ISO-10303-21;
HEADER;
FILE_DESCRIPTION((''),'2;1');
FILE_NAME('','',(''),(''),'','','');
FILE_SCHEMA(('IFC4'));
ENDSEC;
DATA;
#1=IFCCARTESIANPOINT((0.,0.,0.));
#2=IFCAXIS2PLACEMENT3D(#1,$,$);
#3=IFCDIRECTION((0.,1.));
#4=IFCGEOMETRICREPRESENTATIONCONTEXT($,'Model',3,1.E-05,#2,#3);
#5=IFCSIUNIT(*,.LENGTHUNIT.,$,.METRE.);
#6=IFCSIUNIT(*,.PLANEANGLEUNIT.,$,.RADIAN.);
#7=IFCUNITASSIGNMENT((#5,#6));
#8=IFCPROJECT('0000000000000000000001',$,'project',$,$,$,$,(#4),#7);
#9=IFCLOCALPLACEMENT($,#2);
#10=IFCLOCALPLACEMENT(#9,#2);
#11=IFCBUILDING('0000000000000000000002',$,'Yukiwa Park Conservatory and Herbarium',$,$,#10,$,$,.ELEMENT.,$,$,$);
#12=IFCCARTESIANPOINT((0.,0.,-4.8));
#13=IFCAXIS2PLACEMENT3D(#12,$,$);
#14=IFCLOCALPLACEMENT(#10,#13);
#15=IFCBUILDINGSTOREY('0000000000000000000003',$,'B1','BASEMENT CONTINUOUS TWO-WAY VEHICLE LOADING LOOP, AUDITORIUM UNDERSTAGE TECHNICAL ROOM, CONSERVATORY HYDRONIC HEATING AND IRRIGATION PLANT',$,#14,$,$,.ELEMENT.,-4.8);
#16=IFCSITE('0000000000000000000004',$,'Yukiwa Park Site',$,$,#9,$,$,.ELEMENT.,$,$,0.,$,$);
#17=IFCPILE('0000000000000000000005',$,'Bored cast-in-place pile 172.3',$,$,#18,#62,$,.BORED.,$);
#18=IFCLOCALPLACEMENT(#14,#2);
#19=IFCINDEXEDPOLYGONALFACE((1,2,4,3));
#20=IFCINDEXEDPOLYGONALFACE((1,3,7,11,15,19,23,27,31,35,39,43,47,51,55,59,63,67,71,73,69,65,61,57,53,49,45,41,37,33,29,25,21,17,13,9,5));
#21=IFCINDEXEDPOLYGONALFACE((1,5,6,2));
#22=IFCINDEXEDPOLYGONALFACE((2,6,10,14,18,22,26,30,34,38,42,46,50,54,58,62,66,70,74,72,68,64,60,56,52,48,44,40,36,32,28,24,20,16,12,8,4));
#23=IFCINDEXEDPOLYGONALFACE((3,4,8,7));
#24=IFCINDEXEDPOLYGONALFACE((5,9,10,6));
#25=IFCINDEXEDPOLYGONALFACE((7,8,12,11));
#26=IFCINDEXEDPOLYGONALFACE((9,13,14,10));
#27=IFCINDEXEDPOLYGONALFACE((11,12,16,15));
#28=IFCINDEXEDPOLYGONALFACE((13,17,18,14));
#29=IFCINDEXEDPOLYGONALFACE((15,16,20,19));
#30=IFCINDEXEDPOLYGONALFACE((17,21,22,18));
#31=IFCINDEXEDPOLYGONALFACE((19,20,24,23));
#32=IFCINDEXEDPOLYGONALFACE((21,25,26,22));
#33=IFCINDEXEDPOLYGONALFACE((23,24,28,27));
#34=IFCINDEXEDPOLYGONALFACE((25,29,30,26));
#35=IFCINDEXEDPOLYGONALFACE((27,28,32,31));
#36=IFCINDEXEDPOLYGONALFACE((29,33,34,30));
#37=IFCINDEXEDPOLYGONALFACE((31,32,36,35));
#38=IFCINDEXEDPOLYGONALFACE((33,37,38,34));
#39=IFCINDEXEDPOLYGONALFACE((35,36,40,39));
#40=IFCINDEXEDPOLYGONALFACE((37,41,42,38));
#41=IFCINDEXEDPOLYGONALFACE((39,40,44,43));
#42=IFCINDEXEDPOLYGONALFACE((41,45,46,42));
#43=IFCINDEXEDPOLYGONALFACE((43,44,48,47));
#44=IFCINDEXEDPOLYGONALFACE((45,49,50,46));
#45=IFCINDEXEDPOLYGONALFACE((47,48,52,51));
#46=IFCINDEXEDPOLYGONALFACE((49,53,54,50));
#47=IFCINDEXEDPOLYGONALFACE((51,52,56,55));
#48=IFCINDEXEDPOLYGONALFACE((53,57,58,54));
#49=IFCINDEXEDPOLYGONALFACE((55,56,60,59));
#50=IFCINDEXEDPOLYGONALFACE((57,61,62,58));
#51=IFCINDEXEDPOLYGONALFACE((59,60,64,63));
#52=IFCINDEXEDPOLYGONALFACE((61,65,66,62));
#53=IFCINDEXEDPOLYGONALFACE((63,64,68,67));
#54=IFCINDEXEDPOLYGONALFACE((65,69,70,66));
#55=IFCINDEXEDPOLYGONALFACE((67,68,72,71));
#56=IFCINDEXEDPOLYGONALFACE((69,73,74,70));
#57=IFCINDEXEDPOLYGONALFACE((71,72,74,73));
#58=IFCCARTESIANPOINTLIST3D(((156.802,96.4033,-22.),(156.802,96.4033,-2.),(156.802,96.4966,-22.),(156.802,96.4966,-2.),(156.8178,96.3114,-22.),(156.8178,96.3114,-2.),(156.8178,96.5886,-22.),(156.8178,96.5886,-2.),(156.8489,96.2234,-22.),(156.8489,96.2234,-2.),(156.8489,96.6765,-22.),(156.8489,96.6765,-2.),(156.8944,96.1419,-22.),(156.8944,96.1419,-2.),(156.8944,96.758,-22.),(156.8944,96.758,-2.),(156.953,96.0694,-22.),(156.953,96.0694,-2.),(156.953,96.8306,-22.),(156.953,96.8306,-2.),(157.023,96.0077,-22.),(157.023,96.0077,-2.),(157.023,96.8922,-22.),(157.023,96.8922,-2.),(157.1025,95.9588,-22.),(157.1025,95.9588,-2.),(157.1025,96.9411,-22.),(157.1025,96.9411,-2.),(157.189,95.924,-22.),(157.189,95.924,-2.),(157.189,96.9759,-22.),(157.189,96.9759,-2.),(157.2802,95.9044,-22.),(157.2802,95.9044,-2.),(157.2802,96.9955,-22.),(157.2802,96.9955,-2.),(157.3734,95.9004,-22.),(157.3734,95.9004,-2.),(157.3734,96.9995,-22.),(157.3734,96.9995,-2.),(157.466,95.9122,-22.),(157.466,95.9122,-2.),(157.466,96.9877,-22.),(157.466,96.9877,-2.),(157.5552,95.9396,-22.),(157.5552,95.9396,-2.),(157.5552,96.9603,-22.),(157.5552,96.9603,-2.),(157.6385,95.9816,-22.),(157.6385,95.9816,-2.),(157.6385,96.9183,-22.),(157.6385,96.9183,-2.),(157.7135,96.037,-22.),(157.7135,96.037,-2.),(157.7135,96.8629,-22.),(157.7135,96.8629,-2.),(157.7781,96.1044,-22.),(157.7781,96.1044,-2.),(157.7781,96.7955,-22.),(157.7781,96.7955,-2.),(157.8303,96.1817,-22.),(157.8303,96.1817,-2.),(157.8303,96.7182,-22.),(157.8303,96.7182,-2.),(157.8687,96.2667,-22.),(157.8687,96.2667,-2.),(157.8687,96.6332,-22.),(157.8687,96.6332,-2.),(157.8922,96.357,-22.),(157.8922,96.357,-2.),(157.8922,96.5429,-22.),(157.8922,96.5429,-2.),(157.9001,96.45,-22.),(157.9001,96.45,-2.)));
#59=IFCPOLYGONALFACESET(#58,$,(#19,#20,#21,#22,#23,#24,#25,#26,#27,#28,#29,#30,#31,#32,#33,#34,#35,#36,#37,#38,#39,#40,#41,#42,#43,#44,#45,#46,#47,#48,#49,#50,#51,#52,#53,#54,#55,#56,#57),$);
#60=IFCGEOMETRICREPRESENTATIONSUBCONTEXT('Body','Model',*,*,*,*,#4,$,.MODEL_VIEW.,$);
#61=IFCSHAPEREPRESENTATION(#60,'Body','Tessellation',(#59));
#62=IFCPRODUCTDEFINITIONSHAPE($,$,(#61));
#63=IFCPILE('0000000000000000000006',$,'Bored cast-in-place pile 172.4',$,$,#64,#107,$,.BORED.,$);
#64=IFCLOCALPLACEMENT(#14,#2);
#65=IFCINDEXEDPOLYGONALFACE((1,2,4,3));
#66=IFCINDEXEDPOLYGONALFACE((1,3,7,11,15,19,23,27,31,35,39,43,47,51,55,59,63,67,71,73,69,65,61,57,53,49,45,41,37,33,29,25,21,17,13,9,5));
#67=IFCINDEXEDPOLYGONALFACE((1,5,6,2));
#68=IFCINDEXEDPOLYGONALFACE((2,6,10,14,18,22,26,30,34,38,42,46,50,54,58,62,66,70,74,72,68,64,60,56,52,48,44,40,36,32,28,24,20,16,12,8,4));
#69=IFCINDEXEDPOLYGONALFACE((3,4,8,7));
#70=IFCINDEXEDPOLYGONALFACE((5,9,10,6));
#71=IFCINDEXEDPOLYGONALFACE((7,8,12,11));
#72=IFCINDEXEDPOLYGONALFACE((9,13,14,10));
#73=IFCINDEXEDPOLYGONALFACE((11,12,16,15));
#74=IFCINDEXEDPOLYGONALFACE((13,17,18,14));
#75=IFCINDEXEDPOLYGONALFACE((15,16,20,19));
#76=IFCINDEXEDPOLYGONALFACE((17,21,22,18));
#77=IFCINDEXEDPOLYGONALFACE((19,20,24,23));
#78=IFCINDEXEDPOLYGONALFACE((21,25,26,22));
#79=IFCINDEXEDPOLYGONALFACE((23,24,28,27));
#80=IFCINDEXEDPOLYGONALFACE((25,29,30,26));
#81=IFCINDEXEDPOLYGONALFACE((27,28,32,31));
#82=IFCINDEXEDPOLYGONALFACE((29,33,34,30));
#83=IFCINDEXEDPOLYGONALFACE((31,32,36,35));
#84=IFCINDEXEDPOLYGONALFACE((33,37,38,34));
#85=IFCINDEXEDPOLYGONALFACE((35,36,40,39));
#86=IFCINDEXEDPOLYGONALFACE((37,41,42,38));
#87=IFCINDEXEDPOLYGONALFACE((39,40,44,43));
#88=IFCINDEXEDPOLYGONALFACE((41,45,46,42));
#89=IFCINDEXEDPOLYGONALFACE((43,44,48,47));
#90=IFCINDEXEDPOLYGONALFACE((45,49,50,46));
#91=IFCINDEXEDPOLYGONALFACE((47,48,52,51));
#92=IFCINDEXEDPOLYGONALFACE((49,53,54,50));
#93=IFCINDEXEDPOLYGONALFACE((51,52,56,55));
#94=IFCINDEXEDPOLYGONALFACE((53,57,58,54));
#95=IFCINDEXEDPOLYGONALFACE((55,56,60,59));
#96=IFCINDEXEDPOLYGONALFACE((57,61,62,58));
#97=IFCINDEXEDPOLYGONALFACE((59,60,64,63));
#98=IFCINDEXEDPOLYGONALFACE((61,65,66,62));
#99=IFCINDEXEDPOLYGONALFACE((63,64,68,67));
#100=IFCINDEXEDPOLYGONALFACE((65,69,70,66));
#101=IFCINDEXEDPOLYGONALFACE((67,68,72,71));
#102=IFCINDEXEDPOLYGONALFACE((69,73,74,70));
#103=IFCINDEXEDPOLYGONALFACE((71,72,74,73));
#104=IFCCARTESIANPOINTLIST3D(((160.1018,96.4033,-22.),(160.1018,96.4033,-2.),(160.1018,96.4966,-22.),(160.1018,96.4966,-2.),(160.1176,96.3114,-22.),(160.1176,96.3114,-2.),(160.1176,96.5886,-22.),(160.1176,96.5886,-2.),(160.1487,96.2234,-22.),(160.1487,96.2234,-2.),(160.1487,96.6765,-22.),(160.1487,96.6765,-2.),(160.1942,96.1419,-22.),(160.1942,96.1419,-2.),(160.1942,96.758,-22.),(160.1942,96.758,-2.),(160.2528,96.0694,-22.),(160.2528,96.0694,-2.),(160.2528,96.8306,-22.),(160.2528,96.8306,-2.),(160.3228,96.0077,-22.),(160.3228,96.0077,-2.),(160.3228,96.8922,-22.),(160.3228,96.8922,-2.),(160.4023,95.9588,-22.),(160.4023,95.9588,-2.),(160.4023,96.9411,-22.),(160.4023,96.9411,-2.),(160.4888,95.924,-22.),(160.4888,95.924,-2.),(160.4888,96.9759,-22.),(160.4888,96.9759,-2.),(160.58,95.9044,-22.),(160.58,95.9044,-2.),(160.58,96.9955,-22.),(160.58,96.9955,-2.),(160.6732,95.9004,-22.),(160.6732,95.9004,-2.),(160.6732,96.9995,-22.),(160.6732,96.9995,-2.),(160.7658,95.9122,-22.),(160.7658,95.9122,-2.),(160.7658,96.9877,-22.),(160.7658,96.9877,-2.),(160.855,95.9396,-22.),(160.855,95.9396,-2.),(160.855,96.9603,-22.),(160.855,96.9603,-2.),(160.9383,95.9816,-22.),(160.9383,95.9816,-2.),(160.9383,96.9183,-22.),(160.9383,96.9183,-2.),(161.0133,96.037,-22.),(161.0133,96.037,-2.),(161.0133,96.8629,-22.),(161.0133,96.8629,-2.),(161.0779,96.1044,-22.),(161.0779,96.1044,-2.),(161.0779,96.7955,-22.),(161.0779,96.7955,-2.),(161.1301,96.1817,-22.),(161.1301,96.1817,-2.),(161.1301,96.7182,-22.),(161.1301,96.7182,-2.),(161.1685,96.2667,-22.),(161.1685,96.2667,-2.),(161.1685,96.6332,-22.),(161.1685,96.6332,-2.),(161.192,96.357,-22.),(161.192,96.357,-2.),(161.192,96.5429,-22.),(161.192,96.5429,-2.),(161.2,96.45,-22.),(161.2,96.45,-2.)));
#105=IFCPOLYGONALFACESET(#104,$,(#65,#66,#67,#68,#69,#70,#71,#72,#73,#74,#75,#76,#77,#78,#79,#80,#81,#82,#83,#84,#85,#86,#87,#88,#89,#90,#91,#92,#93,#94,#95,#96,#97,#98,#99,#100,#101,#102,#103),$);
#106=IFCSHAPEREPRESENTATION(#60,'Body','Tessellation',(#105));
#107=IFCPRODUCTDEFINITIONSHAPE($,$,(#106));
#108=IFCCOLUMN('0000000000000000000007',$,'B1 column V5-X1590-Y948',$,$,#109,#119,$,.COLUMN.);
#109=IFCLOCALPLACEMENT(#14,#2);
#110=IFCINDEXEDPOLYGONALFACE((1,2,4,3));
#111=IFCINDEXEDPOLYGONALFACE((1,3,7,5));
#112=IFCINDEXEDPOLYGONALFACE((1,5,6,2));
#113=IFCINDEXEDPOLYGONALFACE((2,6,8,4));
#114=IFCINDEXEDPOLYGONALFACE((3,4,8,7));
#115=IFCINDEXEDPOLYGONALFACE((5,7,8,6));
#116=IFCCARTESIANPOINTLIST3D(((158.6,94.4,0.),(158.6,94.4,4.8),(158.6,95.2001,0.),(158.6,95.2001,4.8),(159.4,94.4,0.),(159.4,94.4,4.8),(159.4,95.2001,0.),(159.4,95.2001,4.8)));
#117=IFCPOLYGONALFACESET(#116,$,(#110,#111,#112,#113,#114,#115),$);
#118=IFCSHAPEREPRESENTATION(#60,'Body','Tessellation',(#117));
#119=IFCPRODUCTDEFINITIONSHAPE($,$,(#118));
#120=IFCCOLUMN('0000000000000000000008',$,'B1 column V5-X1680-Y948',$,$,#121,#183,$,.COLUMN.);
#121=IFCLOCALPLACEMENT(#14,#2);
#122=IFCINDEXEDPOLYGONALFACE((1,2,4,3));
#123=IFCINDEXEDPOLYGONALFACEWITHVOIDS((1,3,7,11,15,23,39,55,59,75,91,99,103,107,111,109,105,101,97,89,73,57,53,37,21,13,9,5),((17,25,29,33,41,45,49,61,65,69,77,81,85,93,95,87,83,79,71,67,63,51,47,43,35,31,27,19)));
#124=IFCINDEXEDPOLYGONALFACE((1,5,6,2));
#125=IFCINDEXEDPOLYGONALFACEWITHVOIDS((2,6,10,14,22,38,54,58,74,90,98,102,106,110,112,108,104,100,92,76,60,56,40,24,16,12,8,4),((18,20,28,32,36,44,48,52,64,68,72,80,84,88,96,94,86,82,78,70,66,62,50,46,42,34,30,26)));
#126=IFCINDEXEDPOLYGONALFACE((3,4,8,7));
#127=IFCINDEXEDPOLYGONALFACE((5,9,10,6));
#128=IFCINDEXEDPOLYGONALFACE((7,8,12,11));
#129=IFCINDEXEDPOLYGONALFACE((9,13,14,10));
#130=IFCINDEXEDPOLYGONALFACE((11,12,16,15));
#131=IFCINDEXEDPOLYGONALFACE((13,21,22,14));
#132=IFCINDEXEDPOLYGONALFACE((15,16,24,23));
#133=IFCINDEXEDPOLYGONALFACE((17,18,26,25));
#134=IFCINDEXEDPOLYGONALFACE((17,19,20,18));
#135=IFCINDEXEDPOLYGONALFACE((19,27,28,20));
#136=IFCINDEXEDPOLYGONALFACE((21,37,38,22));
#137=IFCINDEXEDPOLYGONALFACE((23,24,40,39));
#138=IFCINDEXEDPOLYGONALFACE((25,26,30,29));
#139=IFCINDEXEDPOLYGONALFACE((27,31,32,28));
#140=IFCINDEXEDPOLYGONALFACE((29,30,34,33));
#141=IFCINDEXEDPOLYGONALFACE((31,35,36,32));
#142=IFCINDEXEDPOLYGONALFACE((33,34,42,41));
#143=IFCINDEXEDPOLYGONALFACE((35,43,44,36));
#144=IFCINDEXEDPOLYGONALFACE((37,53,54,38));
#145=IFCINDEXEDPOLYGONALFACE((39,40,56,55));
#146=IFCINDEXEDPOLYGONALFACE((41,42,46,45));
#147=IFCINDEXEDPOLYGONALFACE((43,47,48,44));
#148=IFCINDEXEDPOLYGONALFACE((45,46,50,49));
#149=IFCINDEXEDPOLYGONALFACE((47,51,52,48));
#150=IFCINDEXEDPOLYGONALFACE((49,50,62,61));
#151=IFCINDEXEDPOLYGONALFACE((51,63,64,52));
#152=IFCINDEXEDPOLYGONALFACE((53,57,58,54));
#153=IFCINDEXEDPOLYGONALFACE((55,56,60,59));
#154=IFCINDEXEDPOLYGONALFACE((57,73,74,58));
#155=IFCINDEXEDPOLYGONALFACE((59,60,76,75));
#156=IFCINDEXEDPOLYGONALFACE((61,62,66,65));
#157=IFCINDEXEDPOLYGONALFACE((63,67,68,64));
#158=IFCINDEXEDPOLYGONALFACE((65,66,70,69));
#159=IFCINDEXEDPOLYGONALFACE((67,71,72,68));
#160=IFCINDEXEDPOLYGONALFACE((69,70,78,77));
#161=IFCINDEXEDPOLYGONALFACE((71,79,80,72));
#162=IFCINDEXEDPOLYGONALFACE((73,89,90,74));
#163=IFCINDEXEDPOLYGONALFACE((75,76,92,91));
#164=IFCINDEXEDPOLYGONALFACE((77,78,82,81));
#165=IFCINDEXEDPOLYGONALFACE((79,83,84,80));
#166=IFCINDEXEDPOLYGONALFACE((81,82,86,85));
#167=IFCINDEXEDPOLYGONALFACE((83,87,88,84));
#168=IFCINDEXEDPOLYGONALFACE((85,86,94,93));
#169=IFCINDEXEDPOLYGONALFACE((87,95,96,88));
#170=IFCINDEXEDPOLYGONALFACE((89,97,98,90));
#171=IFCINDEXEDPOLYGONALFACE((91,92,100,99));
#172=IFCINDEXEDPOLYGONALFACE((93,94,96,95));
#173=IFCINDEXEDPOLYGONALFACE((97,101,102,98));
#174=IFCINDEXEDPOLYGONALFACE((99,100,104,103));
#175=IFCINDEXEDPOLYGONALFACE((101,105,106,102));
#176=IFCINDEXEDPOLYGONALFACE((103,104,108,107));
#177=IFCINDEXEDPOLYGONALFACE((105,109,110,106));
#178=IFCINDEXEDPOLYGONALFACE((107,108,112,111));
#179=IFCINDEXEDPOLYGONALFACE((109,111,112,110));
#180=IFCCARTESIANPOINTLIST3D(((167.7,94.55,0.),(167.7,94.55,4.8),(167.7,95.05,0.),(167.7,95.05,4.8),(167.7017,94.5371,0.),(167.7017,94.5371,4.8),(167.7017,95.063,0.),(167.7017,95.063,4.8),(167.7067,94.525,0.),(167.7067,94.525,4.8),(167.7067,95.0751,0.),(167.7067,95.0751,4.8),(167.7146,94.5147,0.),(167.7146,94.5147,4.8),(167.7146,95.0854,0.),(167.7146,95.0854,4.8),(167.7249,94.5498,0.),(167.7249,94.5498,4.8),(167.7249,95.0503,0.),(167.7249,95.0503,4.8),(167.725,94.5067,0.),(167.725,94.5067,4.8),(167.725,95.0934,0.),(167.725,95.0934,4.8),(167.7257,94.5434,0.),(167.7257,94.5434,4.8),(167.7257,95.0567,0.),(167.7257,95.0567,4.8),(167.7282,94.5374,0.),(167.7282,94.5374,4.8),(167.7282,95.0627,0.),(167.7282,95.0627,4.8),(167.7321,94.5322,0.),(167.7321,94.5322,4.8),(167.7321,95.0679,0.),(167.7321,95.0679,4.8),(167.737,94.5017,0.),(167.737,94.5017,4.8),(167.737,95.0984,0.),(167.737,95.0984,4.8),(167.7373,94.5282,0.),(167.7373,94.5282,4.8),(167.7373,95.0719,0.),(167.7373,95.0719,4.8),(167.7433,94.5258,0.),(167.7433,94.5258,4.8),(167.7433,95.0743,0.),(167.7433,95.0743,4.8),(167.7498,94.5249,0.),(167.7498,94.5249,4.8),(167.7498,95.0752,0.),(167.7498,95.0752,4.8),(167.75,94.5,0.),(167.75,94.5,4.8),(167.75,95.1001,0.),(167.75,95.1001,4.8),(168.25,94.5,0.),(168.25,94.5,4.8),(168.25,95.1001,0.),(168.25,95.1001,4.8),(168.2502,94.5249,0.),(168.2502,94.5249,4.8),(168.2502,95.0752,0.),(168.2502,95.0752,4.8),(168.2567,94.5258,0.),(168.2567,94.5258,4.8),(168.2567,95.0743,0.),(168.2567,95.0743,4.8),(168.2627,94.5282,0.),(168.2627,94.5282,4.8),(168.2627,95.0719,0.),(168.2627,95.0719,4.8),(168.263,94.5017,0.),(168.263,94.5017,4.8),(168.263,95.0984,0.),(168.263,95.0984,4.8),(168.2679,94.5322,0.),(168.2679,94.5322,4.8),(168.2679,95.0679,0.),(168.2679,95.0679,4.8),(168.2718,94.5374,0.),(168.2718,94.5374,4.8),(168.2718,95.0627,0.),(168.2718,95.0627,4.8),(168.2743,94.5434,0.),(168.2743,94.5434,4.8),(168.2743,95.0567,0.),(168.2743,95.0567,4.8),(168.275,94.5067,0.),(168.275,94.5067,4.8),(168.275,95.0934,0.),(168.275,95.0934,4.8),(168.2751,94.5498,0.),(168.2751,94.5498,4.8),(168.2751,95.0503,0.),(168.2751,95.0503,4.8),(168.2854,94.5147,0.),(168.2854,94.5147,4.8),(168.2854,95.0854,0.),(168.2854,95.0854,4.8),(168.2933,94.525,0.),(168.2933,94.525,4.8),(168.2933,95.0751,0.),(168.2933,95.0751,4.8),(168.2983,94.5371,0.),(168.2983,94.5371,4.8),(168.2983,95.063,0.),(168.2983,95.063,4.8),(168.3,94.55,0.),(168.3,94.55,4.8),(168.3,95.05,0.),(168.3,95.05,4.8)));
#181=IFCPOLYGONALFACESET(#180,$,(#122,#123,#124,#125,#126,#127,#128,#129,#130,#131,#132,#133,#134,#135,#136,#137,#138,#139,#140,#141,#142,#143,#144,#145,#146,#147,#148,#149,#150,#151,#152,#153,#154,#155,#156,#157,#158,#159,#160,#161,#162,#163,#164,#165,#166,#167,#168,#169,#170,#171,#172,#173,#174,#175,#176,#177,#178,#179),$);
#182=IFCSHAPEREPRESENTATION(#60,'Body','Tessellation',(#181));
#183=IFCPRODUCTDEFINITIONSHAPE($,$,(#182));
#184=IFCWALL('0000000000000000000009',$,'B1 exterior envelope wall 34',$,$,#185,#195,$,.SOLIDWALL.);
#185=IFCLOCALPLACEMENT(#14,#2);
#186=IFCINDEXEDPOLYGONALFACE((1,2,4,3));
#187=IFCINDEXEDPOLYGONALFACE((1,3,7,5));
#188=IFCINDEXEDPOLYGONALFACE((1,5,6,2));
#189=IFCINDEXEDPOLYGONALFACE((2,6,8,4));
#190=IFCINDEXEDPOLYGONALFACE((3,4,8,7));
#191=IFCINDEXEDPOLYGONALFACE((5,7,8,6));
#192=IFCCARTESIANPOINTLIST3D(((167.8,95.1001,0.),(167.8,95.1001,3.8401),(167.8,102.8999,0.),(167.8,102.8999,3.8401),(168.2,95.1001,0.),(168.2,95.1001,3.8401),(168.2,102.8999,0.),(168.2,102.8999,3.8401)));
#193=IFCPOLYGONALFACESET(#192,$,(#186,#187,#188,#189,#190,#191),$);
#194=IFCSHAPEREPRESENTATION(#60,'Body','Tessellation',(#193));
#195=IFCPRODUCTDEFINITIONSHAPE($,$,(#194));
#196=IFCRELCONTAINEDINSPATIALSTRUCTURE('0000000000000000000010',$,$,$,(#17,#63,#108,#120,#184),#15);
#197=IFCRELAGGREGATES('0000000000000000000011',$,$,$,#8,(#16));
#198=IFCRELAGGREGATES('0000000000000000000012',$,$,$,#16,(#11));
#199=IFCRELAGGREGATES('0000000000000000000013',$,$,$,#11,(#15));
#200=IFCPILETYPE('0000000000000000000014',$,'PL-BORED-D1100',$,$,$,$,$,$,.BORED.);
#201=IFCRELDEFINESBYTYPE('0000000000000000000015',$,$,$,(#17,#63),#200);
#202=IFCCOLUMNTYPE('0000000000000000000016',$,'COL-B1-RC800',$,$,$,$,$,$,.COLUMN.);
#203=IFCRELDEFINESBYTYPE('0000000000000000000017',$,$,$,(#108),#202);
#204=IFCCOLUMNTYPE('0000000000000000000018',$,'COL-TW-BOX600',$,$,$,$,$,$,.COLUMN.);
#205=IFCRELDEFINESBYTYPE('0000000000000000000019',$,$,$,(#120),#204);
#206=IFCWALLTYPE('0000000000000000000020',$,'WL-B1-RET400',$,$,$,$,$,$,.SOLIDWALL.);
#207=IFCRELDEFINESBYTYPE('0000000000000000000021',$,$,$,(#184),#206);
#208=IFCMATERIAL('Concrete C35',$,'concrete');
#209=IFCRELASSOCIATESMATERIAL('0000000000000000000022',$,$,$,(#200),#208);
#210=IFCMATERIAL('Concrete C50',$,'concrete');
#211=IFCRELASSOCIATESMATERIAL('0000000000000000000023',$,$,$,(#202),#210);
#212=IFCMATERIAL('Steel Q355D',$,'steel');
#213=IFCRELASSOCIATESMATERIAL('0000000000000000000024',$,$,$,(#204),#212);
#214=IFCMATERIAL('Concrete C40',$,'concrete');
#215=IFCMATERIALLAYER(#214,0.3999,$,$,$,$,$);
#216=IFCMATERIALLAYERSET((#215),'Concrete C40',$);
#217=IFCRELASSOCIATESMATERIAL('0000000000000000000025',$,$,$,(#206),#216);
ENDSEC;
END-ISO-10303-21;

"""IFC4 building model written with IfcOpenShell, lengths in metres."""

from ifc_helpers import new_model, si_unit, direction, frame, frame_2d, origin, origin_2d, place, context, subcontext, project, spatial, rectangle, hollow_rectangle, circle, extrude, material, layer, layer_set, material_profile, profile_set, type_object, element, save


model = new_model("IFC4")

# Units and contexts
model_context = context("Model", 3, precision=1e-05, world=origin(), true_north=direction((0.0, 1.0)))
body_context = subcontext(model_context, "Body", "Model", "MODEL_VIEW")
ifc_project = project(units=[si_unit("LENGTHUNIT", "METRE"), si_unit("PLANEANGLEUNIT", "RADIAN")], contexts=[model_context])

# Site, building, storey
site_placement = place(None, origin())
site = spatial("IfcSite", under=ifc_project, at=site_placement, Name="Yukiwa Park Site", CompositionType="ELEMENT", RefElevation=0.0)
building_placement = place(site_placement, origin())
building = spatial("IfcBuilding", under=site, at=building_placement, Name="Yukiwa Park Conservatory and Herbarium", CompositionType="ELEMENT")
storey_placement = place(building_placement, frame((0.0, 0.0, -4.8)))
storey = spatial("IfcBuildingStorey", under=building, at=storey_placement, Name="B1", Description="BASEMENT CONTINUOUS TWO-WAY VEHICLE LOADING LOOP, AUDITORIUM UNDERSTAGE TECHNICAL ROOM, CONSERVATORY HYDRONIC HEATING AND IRRIGATION PLANT", CompositionType="ELEMENT", Elevation=-4.8)

# Piles
ifc_material_1 = material(Name="Concrete C35", Category="concrete")
ifc_material_profile_1 = material_profile(ifc_material_1, circle(Radius=0.55, at=origin_2d()), Name="PILE D1100")
ifc_profile_set_1 = profile_set([ifc_material_profile_1], Name="Concrete C35")
pile_type_1 = type_object("IfcPileType", Name="PL-BORED-D1100", PredefinedType="BORED", material=ifc_profile_set_1)
for number, where, z_axis, x_axis, name in (
    (1, (157.3501, 96.45, -2.0), (0.0, 0.0, -1.0), (1.0, 0.0, 0.0), "Bored cast-in-place pile 172.3"),
    (2, (160.6499, 96.45, -2.0), (0.0, 0.0, -1.0), (1.0, 0.0, 0.0), "Bored cast-in-place pile 172.4"),
):
    element("IfcPile", number, at=place(storey_placement, frame(where, z_axis=z_axis, x_axis=x_axis)), inside=storey, type_object=pile_type_1, Name=name, PredefinedType="BORED", context=body_context, shape_type="SweptSolid", body=[
        extrude(circle(Radius=0.55, at=origin_2d()), origin(), (0.0, 0.0, 1.0), 20.0),
    ])

# Columns
ifc_material_2 = material(Name="Concrete C50", Category="concrete")
ifc_material_profile_2 = material_profile(ifc_material_2, rectangle(XDim=0.8, YDim=0.8, at=origin_2d()), Name="RC 800x800")
ifc_profile_set_2 = profile_set([ifc_material_profile_2], Name="Concrete C50")
column_type_1 = type_object("IfcColumnType", Name="COL-B1-RC800", PredefinedType="COLUMN", material=ifc_profile_set_2)
column_1_placement = place(storey_placement, frame((159.0, 94.8, 0.0), z_axis=(0.0, 0.0, 1.0), x_axis=(1.0, 0.0, 0.0)))
element("IfcColumn", 3, at=column_1_placement, inside=storey, type_object=column_type_1, Name="B1 column V5-X1590-Y948", PredefinedType="COLUMN", context=body_context, shape_type="SweptSolid", body=[
    extrude(rectangle(XDim=0.8, YDim=0.8, at=origin_2d()), origin(), (0.0, 0.0, 1.0), 4.8),
])
ifc_material_3 = material(Name="Steel Q355D", Category="steel")
ifc_material_profile_3 = material_profile(ifc_material_3, hollow_rectangle(XDim=0.6001, YDim=0.6001, WallThickness=0.0249, InnerFilletRadius=0.0249, OuterFilletRadius=0.05, at=origin_2d()), Name="BOX 600x600x25")
ifc_profile_set_3 = profile_set([ifc_material_profile_3], Name="Steel Q355D")
column_type_2 = type_object("IfcColumnType", Name="COL-TW-BOX600", PredefinedType="COLUMN", material=ifc_profile_set_3)
column_2_placement = place(storey_placement, frame((168.0, 94.8, 0.0), z_axis=(0.0, 0.0, 1.0), x_axis=(1.0, 0.0, 0.0)))
element("IfcColumn", 4, at=column_2_placement, inside=storey, type_object=column_type_2, Name="B1 column V5-X1680-Y948", PredefinedType="COLUMN", context=body_context, shape_type="SweptSolid", body=[
    extrude(hollow_rectangle(XDim=0.6001, YDim=0.6001, WallThickness=0.0249, InnerFilletRadius=0.0249, OuterFilletRadius=0.05, at=origin_2d()), origin(), (0.0, 0.0, 1.0), 4.8),
])

# Wall
ifc_material_4 = material(Name="Concrete C40", Category="concrete")
ifc_layer_1 = layer(ifc_material_4, 0.3999)
ifc_layer_set_1 = layer_set([ifc_layer_1], Name="Concrete C40")
wall_type_1 = type_object("IfcWallType", Name="WL-B1-RET400", PredefinedType="SOLIDWALL", material=ifc_layer_set_1)
wall_1_placement = place(storey_placement, frame((168.0, 95.1001, 0.0), z_axis=(0.0, 0.0, 1.0), x_axis=(0.0, 1.0, 0.0)))
element("IfcWall", 5, at=wall_1_placement, inside=storey, type_object=wall_type_1, Name="B1 exterior envelope wall 34", PredefinedType="SOLIDWALL", context=body_context, shape_type="SweptSolid", body=[
    extrude(rectangle(XDim=7.7998, YDim=0.3999, at=frame_2d((3.8999, 0.0))), origin(), (0.0, 0.0, 1.0), 3.8401),
])

save(model, "model.ifc")
